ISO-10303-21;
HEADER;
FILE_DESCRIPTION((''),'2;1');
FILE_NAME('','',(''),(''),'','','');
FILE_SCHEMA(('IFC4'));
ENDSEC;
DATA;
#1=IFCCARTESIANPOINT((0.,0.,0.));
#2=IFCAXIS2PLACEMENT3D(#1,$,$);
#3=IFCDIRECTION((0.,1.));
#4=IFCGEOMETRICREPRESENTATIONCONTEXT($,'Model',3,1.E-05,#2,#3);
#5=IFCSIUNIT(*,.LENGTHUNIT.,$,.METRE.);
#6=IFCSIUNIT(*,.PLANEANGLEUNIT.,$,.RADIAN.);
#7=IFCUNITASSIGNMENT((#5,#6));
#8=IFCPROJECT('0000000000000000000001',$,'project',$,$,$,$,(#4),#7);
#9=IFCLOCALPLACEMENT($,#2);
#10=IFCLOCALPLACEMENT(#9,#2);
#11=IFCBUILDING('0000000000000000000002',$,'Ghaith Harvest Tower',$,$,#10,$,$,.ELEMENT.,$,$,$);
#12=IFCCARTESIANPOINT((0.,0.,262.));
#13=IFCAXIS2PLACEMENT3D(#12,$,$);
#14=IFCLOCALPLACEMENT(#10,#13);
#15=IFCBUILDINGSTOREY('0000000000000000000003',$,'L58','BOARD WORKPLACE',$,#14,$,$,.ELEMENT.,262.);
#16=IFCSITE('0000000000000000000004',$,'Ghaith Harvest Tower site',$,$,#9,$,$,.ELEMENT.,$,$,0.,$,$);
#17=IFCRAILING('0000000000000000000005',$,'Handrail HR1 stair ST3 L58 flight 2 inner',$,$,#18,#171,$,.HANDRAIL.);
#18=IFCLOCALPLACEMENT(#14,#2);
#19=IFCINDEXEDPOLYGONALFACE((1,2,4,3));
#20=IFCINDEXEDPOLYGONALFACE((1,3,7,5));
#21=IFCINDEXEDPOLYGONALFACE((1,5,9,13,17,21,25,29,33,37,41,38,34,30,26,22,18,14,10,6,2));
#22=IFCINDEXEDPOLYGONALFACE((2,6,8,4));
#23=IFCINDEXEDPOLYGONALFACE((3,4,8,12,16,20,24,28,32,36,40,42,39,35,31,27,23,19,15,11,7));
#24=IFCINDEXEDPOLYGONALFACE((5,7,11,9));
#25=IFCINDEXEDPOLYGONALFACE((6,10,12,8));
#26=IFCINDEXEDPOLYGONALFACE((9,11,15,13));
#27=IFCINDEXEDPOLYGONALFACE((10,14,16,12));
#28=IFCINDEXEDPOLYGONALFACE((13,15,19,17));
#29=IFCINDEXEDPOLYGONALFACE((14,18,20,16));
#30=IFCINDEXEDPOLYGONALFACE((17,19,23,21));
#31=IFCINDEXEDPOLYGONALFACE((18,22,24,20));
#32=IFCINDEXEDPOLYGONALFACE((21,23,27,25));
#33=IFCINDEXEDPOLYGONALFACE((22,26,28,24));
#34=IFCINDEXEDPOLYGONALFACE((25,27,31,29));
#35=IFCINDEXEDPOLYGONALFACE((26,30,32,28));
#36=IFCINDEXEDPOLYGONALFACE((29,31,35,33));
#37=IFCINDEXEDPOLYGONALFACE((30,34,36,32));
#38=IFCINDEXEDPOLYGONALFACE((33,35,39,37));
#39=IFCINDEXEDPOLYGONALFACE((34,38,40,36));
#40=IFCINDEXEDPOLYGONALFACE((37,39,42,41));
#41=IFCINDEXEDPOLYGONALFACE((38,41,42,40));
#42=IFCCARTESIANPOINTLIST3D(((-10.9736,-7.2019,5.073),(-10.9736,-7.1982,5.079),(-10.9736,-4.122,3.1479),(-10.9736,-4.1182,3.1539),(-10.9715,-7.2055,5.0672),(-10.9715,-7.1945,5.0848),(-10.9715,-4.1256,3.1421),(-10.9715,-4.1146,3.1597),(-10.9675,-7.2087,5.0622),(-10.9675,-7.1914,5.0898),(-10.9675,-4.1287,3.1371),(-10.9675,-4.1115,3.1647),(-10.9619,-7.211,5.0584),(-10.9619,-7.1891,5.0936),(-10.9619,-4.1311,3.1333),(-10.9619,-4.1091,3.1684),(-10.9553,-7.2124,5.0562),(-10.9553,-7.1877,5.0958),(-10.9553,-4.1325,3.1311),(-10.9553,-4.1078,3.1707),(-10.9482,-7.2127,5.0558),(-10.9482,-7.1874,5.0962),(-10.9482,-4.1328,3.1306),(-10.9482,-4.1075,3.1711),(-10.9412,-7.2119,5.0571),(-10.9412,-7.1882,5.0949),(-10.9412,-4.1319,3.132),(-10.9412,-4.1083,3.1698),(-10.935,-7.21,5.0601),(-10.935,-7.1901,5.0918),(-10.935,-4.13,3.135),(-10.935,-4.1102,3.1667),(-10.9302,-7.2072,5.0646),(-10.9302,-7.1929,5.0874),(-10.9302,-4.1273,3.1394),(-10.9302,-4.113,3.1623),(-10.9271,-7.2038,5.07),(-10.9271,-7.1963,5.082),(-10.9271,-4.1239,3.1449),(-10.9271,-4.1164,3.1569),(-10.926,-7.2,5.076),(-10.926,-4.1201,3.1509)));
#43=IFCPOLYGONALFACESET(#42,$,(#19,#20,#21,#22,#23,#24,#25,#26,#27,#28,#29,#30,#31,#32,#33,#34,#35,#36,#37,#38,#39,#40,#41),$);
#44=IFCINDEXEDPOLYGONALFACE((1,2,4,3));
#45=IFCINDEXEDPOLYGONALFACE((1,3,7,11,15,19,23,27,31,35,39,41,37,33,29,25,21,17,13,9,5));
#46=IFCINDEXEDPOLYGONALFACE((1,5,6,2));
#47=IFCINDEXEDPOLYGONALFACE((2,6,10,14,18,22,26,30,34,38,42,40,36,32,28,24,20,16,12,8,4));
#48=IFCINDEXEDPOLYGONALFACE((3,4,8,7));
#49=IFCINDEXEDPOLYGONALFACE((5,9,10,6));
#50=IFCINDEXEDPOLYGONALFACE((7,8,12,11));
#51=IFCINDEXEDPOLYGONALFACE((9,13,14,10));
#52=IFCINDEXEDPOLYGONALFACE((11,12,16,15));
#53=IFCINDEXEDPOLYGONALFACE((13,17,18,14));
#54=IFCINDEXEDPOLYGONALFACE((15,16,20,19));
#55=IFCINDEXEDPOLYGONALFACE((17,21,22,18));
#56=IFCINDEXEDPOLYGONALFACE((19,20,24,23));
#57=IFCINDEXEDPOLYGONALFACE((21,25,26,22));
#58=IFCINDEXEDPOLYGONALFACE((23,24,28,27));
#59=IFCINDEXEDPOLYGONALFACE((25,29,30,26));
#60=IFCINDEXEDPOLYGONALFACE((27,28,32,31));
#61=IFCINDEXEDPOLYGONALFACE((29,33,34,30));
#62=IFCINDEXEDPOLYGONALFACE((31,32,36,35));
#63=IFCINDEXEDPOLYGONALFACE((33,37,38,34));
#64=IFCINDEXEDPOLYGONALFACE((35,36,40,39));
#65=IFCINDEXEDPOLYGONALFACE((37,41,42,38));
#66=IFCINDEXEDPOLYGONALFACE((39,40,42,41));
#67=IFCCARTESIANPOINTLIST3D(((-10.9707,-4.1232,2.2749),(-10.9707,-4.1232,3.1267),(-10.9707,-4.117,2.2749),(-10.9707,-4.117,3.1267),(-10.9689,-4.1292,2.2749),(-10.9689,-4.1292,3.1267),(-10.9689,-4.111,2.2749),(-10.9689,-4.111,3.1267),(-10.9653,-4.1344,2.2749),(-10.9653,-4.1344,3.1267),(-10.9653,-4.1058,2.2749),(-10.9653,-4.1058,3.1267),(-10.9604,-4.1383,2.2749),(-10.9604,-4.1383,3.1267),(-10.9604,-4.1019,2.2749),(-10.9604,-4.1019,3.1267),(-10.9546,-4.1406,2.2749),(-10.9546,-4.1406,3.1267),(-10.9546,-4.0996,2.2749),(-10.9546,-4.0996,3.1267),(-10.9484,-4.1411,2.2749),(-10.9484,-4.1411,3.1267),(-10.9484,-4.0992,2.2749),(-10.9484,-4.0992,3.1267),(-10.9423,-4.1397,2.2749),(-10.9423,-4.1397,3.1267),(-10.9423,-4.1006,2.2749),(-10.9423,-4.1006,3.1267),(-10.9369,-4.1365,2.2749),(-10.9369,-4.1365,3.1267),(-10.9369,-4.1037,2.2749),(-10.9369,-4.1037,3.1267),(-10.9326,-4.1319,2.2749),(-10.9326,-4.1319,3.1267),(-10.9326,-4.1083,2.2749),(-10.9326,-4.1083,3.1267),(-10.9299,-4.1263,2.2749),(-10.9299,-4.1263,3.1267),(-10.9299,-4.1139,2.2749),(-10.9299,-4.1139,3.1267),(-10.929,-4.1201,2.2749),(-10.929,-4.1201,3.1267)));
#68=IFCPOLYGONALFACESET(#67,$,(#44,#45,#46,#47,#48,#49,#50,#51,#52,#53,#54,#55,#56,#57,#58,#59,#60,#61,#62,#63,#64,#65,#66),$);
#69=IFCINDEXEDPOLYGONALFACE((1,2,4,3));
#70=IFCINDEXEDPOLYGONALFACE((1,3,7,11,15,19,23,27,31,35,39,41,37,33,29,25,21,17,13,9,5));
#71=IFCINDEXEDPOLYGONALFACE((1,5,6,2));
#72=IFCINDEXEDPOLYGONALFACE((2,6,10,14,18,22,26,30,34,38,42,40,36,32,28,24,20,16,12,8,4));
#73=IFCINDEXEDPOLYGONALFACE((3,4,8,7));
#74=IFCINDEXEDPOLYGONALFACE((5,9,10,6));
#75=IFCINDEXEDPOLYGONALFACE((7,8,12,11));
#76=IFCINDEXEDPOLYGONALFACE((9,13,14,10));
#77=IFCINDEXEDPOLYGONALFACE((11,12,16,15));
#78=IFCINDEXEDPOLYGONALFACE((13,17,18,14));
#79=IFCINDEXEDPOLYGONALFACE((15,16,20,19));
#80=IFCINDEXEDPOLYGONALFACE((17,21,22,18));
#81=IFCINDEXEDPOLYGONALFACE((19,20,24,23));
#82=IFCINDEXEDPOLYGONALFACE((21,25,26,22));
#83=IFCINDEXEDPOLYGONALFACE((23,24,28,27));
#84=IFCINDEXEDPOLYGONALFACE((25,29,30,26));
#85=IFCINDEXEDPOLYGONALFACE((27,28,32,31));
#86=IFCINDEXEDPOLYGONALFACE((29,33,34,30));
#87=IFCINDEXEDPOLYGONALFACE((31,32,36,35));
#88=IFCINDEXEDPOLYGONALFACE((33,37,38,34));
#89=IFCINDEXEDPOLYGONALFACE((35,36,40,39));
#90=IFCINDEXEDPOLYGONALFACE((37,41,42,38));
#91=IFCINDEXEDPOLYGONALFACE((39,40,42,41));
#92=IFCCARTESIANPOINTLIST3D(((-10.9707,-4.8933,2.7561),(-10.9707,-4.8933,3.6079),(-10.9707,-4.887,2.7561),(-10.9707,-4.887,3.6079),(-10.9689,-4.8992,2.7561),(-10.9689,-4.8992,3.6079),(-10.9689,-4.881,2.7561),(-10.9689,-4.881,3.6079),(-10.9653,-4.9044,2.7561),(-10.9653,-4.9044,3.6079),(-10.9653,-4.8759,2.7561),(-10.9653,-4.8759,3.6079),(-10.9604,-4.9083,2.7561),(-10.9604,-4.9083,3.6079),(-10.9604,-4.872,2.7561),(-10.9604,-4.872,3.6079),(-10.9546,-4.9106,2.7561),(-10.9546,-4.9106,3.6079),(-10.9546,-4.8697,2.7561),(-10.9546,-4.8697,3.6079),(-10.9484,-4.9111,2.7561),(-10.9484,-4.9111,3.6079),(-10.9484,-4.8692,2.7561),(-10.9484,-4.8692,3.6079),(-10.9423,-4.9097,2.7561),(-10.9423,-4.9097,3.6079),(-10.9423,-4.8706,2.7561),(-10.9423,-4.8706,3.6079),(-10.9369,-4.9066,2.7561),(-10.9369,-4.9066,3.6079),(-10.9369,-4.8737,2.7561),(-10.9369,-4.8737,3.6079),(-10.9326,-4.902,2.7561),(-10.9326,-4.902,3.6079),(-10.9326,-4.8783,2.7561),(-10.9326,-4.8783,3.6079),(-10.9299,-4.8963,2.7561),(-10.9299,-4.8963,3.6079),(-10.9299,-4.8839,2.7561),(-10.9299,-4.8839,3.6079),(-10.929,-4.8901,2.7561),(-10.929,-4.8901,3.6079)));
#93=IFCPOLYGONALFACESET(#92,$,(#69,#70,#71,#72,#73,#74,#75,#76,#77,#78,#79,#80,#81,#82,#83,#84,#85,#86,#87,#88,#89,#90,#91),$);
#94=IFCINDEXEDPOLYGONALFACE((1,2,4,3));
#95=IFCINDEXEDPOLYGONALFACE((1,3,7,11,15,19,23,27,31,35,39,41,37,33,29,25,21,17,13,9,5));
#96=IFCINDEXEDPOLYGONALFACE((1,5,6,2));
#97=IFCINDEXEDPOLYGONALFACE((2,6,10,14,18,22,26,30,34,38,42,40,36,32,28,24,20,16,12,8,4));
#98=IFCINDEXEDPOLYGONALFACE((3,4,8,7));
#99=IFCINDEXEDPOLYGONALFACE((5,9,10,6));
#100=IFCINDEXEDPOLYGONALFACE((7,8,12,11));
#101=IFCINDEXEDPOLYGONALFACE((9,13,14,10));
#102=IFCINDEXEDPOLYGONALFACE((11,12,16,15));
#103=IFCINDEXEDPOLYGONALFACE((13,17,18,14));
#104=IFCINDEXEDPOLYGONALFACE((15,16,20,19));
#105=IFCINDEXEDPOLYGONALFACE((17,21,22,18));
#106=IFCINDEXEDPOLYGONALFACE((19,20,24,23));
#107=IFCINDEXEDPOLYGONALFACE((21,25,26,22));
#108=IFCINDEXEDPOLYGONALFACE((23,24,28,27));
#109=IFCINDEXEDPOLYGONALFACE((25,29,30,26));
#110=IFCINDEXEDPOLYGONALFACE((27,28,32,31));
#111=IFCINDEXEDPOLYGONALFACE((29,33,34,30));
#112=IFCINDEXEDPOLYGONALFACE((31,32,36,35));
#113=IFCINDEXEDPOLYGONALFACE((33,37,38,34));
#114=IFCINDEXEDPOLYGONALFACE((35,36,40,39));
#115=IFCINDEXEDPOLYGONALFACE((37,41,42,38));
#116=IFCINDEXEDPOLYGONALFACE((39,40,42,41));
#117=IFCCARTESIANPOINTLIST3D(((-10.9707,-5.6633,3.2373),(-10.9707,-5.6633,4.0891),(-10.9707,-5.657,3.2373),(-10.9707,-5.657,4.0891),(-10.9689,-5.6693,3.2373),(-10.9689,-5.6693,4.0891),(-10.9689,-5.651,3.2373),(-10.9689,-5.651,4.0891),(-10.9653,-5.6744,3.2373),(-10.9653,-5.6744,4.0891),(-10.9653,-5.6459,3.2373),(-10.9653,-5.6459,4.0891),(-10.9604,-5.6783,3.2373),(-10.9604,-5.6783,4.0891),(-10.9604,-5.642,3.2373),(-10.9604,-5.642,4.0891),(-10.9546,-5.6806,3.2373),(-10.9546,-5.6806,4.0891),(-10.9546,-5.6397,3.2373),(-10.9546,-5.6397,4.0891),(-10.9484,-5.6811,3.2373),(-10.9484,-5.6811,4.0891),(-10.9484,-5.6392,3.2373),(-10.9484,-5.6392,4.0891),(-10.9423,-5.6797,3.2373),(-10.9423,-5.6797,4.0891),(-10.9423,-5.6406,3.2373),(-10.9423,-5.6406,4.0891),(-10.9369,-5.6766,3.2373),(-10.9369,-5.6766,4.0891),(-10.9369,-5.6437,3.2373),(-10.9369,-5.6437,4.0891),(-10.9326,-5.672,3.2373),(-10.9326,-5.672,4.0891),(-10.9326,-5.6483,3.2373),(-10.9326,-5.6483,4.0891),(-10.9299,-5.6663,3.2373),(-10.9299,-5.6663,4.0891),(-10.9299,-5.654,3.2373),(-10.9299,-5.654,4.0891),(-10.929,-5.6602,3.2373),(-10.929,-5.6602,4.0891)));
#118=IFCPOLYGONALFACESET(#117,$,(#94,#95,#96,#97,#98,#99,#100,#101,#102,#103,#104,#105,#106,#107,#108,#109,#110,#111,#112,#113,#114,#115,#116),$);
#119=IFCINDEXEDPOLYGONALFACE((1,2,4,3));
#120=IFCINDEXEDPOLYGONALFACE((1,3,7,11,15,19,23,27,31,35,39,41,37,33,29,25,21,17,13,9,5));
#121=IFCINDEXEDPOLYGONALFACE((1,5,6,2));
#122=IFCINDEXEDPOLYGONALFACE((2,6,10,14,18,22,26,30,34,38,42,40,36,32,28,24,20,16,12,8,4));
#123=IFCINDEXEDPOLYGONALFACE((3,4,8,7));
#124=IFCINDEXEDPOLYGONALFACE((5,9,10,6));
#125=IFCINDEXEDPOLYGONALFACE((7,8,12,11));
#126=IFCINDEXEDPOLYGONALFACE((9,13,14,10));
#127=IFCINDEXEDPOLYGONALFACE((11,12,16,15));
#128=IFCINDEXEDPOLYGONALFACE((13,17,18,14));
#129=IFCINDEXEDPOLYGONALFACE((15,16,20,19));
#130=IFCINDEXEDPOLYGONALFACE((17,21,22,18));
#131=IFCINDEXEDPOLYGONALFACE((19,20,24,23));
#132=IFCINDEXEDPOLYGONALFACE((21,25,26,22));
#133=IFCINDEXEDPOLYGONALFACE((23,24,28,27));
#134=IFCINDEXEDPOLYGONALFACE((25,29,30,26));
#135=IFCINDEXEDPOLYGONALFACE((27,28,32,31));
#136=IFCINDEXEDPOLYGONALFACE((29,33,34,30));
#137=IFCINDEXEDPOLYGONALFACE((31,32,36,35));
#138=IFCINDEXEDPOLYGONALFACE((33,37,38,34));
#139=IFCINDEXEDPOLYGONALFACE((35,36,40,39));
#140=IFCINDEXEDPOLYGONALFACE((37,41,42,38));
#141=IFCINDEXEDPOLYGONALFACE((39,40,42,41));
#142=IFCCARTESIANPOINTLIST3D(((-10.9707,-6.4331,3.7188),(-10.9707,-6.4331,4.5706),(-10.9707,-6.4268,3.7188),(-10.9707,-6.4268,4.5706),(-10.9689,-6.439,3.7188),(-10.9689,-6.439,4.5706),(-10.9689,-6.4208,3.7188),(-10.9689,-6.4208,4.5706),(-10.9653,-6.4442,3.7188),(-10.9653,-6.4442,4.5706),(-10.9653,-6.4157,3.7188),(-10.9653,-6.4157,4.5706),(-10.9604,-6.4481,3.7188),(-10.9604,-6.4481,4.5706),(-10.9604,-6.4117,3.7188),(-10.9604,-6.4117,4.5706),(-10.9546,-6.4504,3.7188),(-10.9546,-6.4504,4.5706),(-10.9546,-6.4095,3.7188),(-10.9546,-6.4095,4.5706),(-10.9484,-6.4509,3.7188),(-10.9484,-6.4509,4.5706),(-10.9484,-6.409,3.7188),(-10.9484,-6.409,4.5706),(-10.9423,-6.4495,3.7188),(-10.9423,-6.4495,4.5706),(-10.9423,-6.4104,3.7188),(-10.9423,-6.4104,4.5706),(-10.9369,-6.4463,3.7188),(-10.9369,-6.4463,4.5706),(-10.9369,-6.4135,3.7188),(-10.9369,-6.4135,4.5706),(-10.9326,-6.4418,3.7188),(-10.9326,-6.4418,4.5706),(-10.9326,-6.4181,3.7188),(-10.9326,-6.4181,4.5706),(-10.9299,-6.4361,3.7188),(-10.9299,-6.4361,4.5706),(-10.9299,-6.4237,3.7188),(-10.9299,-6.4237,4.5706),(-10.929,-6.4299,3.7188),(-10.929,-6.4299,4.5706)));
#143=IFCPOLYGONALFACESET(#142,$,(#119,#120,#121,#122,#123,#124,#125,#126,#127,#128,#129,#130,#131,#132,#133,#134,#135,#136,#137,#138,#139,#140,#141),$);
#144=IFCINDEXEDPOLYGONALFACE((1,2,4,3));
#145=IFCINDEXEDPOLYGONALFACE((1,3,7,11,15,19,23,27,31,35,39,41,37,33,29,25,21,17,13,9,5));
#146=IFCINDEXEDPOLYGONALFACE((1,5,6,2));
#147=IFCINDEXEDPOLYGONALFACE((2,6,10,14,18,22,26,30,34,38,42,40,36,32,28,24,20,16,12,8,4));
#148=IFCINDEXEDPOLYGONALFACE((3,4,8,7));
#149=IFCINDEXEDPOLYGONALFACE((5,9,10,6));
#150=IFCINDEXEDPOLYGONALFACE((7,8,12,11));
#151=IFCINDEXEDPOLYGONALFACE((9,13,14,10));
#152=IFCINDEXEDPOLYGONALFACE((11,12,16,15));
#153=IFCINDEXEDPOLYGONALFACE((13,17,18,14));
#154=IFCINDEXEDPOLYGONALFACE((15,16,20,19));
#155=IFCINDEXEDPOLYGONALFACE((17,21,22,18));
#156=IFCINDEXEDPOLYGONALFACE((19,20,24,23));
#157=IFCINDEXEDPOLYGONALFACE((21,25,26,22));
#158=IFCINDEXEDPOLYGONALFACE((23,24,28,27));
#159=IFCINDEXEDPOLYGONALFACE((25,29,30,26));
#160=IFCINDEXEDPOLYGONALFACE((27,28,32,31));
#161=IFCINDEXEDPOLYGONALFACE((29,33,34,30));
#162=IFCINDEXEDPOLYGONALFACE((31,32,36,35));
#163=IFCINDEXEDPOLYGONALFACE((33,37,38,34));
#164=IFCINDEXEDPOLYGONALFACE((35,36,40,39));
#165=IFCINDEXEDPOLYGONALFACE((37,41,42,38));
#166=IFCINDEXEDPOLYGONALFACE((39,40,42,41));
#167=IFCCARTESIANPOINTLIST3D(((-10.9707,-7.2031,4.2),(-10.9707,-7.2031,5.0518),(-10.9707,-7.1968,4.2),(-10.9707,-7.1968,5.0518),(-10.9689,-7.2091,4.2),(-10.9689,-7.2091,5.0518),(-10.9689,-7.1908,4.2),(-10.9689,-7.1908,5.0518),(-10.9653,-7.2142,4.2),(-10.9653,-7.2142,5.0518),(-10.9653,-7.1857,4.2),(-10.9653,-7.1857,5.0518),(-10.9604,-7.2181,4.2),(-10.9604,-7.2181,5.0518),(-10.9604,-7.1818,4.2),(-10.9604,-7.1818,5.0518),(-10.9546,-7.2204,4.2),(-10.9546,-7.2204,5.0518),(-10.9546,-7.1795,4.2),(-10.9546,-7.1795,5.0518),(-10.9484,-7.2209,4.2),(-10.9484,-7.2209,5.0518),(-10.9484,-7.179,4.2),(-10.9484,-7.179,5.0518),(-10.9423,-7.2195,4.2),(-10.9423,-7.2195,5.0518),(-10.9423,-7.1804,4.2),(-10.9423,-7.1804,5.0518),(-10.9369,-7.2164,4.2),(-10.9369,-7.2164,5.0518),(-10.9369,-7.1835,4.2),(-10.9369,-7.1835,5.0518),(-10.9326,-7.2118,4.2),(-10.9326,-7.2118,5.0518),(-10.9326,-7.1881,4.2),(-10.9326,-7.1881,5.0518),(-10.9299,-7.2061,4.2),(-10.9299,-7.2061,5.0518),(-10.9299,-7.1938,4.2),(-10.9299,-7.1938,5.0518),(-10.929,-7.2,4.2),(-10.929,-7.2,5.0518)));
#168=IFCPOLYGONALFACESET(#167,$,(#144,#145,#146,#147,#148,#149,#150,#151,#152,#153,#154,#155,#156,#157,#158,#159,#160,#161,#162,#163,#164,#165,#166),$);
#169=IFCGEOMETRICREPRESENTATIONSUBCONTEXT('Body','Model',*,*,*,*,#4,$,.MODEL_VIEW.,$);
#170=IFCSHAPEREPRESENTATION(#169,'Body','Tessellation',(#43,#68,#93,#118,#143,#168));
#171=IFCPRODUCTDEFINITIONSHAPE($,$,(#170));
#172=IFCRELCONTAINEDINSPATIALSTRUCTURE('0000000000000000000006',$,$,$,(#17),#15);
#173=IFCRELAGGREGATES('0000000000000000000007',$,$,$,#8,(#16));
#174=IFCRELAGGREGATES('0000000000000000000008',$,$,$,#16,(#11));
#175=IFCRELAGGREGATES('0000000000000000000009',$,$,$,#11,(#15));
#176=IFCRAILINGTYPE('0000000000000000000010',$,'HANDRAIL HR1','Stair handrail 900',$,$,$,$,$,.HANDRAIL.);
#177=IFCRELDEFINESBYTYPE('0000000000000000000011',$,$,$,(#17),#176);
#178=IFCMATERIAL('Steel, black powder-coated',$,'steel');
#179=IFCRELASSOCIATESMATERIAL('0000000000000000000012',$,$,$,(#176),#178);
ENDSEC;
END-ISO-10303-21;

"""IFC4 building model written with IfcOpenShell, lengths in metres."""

from ifc_helpers import new_model, si_unit, direction, frame, origin, origin_2d, place, context, subcontext, project, spatial, circle, extrude, material, type_object, element, save


model = new_model("IFC4")

# Units and contexts
model_context = context("Model", 3, precision=1e-05, world=origin(), true_north=direction((0.0, 1.0)))
body_context = subcontext(model_context, "Body", "Model", "MODEL_VIEW")
ifc_project = project(units=[si_unit("LENGTHUNIT", "METRE"), si_unit("PLANEANGLEUNIT", "RADIAN")], contexts=[model_context])

# Site, building, storey
site_placement = place(None, origin())
site = spatial("IfcSite", under=ifc_project, at=site_placement, Name="Ghaith Harvest Tower site", CompositionType="ELEMENT", RefElevation=0.0)
building_placement = place(site_placement, origin())
building = spatial("IfcBuilding", under=site, at=building_placement, Name="Ghaith Harvest Tower", CompositionType="ELEMENT")
storey_placement = place(building_placement, frame((0.0, 0.0, 262.0)))
storey = spatial("IfcBuildingStorey", under=building, at=storey_placement, Name="L58", Description="BOARD WORKPLACE", CompositionType="ELEMENT", Elevation=262.0)

# Railing
ifc_material_1 = material(Name="Steel, black powder-coated", Category="steel")
railing_type = type_object("IfcRailingType", Name="HANDRAIL HR1", Description="Stair handrail 900", PredefinedType="HANDRAIL", material=ifc_material_1)
railing_1_placement = place(storey_placement, frame((-10.95, -4.1201, 2.2749)))
element("IfcRailing", 1, at=railing_1_placement, inside=storey, type_object=railing_type, Name="Handrail HR1 stair ST3 L58 flight 2 inner", PredefinedType="HANDRAIL", context=body_context, shape_type="SweptSolid", body=[
    extrude(circle(Radius=0.0239, at=origin_2d()), frame((0.0, 0.0, 0.876), z_axis=(0.0, -0.847979, 0.530029), x_axis=(1.0, 0.0, 0.0)), (0.0, 0.0, 1.0), 3.6321),
    extrude(circle(Radius=0.021, at=origin_2d()), origin(), (0.0, 0.0, 1.0), 0.8518),
    extrude(circle(Radius=0.021, at=origin_2d()), frame((0.0, -0.77, 0.4812)), (0.0, 0.0, 1.0), 0.8518),
    extrude(circle(Radius=0.021, at=origin_2d()), frame((0.0, -1.54, 0.9624)), (0.0, 0.0, 1.0), 0.8518),
    extrude(circle(Radius=0.021, at=origin_2d()), frame((0.0, -2.3098, 1.4438)), (0.0, 0.0, 1.0), 0.8518),
    extrude(circle(Radius=0.021, at=origin_2d()), frame((0.0, -3.0798, 1.925)), (0.0, 0.0, 1.0), 0.8518),
])

save(model, "model.ifc")
